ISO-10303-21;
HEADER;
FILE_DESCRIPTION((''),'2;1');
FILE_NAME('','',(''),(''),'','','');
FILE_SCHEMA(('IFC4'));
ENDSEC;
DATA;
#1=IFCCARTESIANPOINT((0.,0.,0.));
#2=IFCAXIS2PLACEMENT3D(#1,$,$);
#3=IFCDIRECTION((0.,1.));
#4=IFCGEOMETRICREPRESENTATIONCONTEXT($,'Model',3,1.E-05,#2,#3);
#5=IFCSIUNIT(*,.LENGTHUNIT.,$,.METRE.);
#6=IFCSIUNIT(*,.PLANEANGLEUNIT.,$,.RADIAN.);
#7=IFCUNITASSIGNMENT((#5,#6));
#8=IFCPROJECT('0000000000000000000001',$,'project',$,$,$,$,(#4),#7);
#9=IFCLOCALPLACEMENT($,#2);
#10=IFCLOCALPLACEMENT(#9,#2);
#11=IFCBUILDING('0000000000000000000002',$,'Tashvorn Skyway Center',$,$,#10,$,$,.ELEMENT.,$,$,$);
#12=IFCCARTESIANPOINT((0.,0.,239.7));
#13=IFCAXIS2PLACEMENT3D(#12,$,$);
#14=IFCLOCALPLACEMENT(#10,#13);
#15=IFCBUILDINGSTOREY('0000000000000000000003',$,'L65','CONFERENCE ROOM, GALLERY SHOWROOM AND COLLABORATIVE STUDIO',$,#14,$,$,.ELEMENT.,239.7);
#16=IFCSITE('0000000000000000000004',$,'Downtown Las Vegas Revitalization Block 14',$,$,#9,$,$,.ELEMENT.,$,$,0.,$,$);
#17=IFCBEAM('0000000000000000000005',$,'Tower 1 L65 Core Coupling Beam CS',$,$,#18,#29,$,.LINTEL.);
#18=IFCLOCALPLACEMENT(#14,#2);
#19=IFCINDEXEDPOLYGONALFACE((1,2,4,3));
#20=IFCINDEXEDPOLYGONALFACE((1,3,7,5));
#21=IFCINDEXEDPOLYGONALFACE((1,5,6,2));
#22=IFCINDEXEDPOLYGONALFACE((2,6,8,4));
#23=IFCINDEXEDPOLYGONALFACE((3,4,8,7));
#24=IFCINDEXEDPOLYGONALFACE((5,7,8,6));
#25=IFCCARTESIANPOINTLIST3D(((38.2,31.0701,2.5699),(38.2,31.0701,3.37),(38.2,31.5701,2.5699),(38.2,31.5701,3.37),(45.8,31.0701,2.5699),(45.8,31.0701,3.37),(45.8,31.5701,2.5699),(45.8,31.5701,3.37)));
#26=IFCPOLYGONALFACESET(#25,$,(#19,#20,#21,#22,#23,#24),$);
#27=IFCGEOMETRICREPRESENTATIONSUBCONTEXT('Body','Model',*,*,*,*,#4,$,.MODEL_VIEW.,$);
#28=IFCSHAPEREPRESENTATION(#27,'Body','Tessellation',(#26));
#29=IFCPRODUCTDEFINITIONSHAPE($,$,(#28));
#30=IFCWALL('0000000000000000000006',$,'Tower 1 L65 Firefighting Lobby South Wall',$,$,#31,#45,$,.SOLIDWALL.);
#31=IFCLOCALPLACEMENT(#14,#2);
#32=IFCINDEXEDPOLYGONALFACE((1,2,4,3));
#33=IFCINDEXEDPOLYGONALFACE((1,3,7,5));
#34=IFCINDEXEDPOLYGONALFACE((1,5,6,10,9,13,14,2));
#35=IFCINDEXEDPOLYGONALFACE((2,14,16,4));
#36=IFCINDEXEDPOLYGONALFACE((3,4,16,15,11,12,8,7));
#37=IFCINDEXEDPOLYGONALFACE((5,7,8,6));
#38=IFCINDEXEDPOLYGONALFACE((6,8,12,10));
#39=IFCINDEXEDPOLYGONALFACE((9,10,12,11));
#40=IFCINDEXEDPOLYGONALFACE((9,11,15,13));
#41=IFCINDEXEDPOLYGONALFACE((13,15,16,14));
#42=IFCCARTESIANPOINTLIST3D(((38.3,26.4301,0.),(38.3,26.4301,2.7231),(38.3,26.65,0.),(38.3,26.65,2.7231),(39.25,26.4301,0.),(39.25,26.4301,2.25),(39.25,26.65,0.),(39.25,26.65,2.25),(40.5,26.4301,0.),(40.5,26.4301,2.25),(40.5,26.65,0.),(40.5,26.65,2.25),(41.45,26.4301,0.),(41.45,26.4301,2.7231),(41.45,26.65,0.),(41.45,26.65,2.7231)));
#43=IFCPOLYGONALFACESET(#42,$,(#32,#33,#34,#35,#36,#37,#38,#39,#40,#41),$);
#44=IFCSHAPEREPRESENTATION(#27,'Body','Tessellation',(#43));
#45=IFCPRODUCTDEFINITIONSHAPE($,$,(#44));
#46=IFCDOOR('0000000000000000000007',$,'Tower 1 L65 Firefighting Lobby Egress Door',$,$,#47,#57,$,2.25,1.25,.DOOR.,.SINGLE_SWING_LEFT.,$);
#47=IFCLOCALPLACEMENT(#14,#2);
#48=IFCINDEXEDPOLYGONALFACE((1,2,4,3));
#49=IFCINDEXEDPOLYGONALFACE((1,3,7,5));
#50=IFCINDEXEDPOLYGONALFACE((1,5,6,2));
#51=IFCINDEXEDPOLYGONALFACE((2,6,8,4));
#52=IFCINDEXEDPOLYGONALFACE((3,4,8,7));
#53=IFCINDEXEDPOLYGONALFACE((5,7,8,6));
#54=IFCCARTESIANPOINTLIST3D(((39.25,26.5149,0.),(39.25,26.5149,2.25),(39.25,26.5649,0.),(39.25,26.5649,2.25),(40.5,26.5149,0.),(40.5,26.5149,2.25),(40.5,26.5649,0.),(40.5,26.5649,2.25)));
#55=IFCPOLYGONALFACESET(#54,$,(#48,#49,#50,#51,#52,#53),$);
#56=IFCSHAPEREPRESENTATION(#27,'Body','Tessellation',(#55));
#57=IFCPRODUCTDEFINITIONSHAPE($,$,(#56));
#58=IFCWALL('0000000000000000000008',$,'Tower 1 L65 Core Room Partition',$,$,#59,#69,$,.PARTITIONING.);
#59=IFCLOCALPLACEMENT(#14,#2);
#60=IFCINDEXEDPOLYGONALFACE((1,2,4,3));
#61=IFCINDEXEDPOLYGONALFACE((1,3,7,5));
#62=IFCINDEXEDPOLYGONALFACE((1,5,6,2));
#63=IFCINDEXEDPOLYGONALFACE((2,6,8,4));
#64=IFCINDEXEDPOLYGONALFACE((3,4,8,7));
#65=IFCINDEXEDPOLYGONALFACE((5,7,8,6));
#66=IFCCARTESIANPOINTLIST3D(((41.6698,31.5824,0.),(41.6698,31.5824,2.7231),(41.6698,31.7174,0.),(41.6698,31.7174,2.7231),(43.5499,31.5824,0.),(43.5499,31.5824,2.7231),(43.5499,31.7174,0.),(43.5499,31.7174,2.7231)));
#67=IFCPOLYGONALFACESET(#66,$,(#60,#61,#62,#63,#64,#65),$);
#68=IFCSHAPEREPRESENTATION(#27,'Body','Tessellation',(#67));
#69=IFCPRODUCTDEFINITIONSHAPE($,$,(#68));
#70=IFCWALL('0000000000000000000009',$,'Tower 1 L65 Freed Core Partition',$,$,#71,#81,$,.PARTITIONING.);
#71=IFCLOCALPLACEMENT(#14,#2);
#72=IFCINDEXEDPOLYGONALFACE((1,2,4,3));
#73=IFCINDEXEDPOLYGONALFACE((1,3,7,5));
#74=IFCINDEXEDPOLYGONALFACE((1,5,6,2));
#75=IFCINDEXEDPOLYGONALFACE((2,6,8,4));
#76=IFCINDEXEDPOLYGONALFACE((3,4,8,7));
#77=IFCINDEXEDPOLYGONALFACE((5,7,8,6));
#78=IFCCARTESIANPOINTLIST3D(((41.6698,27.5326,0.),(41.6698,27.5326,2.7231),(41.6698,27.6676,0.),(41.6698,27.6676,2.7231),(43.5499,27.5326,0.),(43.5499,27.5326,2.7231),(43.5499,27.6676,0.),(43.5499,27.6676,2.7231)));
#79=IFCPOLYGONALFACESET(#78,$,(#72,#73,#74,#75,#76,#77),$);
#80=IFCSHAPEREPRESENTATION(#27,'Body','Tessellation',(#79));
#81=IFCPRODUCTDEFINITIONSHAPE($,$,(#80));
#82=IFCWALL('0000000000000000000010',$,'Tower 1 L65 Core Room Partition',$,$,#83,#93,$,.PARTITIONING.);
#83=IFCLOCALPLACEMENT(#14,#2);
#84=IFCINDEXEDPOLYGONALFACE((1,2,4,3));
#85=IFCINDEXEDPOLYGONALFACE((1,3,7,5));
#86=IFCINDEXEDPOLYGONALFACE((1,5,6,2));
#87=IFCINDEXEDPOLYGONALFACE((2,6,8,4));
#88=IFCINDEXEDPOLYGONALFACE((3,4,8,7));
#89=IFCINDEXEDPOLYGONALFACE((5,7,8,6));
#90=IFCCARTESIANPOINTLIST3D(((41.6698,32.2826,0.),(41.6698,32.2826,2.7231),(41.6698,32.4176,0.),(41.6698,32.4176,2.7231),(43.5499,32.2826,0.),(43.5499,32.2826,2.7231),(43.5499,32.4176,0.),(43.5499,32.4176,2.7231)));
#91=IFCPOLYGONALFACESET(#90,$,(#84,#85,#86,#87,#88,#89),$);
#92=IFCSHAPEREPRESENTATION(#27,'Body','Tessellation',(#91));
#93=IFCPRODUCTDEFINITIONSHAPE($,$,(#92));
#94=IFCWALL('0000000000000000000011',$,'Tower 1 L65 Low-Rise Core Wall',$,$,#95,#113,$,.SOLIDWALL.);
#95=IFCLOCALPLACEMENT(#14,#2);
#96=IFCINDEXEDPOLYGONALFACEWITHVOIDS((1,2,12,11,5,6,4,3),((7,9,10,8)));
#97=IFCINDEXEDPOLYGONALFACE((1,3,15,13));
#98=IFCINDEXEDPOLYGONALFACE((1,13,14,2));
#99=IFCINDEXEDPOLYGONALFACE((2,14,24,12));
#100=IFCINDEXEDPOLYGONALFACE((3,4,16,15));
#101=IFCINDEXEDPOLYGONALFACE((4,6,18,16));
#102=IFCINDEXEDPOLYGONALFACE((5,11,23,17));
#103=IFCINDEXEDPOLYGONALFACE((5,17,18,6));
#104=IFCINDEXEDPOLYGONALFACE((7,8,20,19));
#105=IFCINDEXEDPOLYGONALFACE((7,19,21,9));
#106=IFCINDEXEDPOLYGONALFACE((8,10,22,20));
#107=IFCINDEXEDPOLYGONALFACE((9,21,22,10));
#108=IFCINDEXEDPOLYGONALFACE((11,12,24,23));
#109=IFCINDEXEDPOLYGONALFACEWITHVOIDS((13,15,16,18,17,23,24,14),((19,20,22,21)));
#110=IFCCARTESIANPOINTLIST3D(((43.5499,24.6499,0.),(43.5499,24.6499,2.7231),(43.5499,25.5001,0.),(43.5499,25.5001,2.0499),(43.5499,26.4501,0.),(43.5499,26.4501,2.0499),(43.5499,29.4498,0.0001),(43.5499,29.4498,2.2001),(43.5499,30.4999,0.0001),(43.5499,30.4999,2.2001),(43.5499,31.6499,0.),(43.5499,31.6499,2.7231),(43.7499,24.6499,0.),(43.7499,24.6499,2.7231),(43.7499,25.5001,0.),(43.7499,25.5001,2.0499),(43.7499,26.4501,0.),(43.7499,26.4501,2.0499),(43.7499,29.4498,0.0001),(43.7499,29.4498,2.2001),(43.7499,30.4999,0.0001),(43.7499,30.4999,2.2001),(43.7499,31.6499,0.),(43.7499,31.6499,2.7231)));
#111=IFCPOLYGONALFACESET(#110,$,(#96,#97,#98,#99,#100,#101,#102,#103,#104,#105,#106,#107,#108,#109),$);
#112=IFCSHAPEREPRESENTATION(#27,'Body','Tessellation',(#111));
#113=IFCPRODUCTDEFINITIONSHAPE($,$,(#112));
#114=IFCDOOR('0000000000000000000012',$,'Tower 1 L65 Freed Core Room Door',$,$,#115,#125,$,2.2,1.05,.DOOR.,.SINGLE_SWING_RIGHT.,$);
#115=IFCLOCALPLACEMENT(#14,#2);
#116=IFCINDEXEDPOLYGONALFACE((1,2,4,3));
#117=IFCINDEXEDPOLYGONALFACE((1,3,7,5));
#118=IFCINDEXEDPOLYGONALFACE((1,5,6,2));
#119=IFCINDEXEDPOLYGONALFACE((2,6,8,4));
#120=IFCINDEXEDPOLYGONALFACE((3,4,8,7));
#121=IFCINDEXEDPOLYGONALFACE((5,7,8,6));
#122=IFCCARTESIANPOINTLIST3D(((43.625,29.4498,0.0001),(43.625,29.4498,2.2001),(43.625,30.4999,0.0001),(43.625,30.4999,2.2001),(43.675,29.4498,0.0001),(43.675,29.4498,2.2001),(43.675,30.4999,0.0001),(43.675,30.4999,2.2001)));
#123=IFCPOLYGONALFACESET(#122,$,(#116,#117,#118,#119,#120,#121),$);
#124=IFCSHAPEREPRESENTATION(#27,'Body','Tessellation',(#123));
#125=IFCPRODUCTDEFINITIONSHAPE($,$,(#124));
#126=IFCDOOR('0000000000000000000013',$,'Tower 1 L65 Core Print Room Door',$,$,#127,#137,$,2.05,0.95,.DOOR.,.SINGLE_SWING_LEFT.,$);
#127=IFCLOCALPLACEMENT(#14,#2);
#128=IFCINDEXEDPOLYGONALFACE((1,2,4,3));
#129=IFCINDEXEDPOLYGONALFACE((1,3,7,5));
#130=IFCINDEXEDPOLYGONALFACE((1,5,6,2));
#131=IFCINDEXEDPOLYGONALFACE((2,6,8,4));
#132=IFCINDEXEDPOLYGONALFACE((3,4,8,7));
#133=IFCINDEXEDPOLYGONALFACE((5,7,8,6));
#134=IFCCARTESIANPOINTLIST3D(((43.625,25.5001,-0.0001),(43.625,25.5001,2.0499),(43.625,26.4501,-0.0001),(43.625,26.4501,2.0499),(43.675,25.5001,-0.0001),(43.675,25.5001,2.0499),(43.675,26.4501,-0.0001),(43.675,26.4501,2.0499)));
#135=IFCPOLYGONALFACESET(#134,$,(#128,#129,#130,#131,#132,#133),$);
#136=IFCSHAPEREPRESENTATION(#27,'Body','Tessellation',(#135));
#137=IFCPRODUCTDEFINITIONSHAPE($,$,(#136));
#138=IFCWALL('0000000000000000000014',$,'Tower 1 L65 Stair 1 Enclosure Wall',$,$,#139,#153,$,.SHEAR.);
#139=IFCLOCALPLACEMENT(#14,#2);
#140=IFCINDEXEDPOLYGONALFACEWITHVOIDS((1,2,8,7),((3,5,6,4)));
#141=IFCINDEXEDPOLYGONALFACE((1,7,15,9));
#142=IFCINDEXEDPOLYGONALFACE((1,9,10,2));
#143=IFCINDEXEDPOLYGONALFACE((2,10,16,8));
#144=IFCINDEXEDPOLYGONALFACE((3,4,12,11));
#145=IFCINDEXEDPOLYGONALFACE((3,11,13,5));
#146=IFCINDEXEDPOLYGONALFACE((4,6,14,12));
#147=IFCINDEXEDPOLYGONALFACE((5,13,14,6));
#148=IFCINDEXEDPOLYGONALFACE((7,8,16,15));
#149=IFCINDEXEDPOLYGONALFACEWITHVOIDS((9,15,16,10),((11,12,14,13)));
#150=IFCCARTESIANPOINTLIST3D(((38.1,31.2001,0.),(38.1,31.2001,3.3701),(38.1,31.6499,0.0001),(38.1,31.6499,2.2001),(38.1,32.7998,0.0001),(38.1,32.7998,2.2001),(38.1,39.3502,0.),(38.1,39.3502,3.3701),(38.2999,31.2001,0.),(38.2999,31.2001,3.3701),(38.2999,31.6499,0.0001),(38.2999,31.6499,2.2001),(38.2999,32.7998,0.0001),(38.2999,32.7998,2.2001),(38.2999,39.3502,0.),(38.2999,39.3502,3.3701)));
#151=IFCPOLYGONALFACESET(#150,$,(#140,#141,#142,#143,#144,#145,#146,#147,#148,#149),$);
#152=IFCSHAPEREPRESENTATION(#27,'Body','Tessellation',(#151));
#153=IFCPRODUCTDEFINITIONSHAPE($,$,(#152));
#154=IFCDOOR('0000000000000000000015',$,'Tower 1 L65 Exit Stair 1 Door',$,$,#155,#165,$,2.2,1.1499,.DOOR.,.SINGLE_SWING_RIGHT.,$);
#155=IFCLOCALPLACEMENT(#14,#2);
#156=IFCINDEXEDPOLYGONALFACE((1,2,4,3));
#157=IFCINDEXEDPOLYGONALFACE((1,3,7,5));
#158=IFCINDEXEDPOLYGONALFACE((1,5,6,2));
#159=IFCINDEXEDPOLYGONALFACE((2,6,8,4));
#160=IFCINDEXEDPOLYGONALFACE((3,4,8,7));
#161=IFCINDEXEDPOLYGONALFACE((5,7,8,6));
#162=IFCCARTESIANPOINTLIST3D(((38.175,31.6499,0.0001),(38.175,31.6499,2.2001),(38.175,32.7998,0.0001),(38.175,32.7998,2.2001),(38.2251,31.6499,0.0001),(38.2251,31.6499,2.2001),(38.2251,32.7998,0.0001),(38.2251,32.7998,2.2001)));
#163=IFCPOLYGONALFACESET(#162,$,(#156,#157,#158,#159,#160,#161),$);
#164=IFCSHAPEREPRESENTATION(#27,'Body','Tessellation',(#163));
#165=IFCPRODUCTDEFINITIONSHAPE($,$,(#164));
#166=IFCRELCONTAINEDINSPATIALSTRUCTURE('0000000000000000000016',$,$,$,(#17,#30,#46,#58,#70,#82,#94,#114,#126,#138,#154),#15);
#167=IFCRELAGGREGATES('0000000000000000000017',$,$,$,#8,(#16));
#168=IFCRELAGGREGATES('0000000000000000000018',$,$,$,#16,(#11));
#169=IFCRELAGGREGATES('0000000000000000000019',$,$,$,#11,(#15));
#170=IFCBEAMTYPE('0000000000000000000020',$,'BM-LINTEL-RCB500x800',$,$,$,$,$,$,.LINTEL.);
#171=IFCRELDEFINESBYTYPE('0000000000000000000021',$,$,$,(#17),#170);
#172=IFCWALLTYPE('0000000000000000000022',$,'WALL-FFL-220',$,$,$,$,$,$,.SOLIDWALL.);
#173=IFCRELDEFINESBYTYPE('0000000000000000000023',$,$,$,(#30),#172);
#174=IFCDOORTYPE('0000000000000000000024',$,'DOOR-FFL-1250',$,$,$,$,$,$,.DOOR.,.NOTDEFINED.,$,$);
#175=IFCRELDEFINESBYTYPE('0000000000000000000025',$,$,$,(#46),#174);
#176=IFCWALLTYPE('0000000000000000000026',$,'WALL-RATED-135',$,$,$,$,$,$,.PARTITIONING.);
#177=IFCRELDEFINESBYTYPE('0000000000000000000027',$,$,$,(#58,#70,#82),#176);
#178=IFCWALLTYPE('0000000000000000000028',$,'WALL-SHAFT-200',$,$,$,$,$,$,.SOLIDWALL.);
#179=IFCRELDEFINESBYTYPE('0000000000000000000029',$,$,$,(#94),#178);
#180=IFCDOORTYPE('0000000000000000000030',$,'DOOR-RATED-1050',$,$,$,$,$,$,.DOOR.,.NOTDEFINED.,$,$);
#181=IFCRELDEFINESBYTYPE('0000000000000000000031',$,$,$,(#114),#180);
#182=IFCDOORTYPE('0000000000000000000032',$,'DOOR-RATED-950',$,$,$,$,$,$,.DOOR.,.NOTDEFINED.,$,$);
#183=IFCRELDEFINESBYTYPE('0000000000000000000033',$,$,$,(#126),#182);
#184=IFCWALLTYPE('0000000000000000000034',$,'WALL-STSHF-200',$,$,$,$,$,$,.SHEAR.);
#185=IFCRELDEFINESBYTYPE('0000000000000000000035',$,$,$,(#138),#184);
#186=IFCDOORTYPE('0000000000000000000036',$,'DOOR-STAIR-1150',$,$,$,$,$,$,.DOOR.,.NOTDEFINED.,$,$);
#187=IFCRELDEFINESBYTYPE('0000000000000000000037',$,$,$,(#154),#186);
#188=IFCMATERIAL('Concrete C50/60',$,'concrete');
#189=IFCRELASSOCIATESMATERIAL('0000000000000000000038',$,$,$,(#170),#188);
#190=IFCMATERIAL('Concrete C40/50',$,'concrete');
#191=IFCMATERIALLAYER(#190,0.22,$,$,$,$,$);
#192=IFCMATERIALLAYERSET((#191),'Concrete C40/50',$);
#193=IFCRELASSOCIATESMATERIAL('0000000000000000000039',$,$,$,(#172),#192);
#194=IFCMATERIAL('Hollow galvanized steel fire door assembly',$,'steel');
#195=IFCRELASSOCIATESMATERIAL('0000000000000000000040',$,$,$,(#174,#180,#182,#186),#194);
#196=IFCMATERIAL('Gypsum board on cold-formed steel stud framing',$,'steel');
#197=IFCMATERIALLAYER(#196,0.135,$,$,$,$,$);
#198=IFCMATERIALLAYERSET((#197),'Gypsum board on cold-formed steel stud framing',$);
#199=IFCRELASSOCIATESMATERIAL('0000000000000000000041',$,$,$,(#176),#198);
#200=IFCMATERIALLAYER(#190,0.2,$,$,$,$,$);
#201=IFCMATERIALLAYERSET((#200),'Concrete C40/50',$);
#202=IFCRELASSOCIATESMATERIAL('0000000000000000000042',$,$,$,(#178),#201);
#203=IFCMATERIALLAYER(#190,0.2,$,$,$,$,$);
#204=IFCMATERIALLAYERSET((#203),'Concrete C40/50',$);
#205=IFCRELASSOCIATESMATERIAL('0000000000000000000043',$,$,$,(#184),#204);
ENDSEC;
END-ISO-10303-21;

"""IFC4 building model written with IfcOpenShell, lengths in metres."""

from ifc_helpers import new_model, si_unit, direction, frame, frame_2d, origin, origin_2d, place, context, subcontext, project, spatial, rectangle, extrude, material, layer, layer_set, material_profile, profile_set, type_object, element, fill, save


model = new_model("IFC4")

# Units and contexts
model_context = context("Model", 3, precision=1e-05, world=origin(), true_north=direction((0.0, 1.0)))
body_context = subcontext(model_context, "Body", "Model", "MODEL_VIEW")
ifc_project = project(units=[si_unit("LENGTHUNIT", "METRE"), si_unit("PLANEANGLEUNIT", "RADIAN")], contexts=[model_context])

# Site, building, storey
site_placement = place(None, origin())
site = spatial("IfcSite", under=ifc_project, at=site_placement, Name="Downtown Las Vegas Revitalization Block 14", CompositionType="ELEMENT", RefElevation=0.0)
building_placement = place(site_placement, origin())
building = spatial("IfcBuilding", under=site, at=building_placement, Name="Tashvorn Skyway Center", CompositionType="ELEMENT")
storey_placement = place(building_placement, frame((0.0, 0.0, 239.7)))
storey = spatial("IfcBuildingStorey", under=building, at=storey_placement, Name="L65", Description="CONFERENCE ROOM, GALLERY SHOWROOM AND COLLABORATIVE STUDIO", CompositionType="ELEMENT", Elevation=239.7)

# Beam
ifc_material_1 = material(Name="Concrete C50/60", Category="concrete")
ifc_material_profile = material_profile(ifc_material_1, rectangle(XDim=0.5, YDim=0.8, at=origin_2d()), Name="RCB500x800")
ifc_profile_set = profile_set([ifc_material_profile], Name="Concrete C50/60")
beam_type = type_object("IfcBeamType", Name="BM-LINTEL-RCB500x800", PredefinedType="LINTEL", material=ifc_profile_set)
beam_placement = place(storey_placement, frame((38.2, 31.3201, 2.97), z_axis=(1.0, 0.0, 0.0), x_axis=(0.0, 1.0, 0.0)))
element("IfcBeam", 1, at=beam_placement, inside=storey, type_object=beam_type, Name="Tower 1 L65 Core Coupling Beam CS", PredefinedType="LINTEL", context=body_context, shape_type="SweptSolid", body=[
    extrude(rectangle(XDim=0.5, YDim=0.8, at=origin_2d()), origin(), (0.0, 0.0, 1.0), 7.6001),
])

# Wall, opening, door
ifc_material_2 = material(Name="Concrete C40/50", Category="concrete")
ifc_layer_1 = layer(ifc_material_2, 0.22)
ifc_layer_set_1 = layer_set([ifc_layer_1], Name="Concrete C40/50")
wall_type_1 = type_object("IfcWallType", Name="WALL-FFL-220", PredefinedType="SOLIDWALL", material=ifc_layer_set_1)
wall_1_placement = place(storey_placement, frame((38.3, 26.54, 0.0), z_axis=(0.0, 0.0, 1.0), x_axis=(1.0, 0.0, 0.0)))
wall_1 = element("IfcWall", 2, at=wall_1_placement, inside=storey, type_object=wall_type_1, Name="Tower 1 L65 Firefighting Lobby South Wall", PredefinedType="SOLIDWALL", context=body_context, shape_type="SweptSolid", body=[
    extrude(rectangle(XDim=3.1499, YDim=0.22, at=frame_2d((1.575, 0.0))), origin(), (0.0, 0.0, 1.0), 2.7231),
])
opening_1_placement = place(wall_1_placement, frame((0.95, 0.0, 0.0)))
opening_1 = element("IfcOpeningElement", 3, at=opening_1_placement, cuts=wall_1, PredefinedType="OPENING", context=body_context, shape_type="SweptSolid", body=[
    extrude(rectangle(XDim=1.25, YDim=2.25, at=frame_2d((0.625, 1.125))), frame((0.0, 0.1199, 0.0), z_axis=(0.0, -1.0, 0.0), x_axis=(1.0, 0.0, 0.0)), (0.0, 0.0, 1.0), 0.24),
])
ifc_material_3 = material(Name="Hollow galvanized steel fire door assembly", Category="steel")
door_type_1 = type_object("IfcDoorType", Name="DOOR-FFL-1250", OperationType="NOTDEFINED", PredefinedType="DOOR", material=ifc_material_3)
door_1_placement = place(opening_1_placement, origin())
door_1 = element("IfcDoor", 4, at=door_1_placement, inside=storey, type_object=door_type_1, Name="Tower 1 L65 Firefighting Lobby Egress Door", OperationType="SINGLE_SWING_LEFT", OverallHeight=2.25, OverallWidth=1.25, PredefinedType="DOOR", context=body_context, shape_type="SweptSolid", body=[
    extrude(rectangle(XDim=1.25, YDim=2.25, at=frame_2d((0.625, 1.125))), frame((0.0, 0.0249, 0.0), z_axis=(0.0, -1.0, 0.0), x_axis=(1.0, 0.0, 0.0)), (0.0, 0.0, 1.0), 0.05),
])
fill(opening_1, door_1)

# Walls
ifc_material_4 = material(Name="Gypsum board on cold-formed steel stud framing", Category="steel")
ifc_layer_2 = layer(ifc_material_4, 0.135)
ifc_layer_set_2 = layer_set([ifc_layer_2], Name="Gypsum board on cold-formed steel stud framing")
wall_type_2 = type_object("IfcWallType", Name="WALL-RATED-135", PredefinedType="PARTITIONING", material=ifc_layer_set_2)
for number, where, z_axis, x_axis, name in (
    (5, (41.6699, 31.6499, 0.0), (0.0, 0.0, 1.0), (1.0, 0.0, 0.0), "Tower 1 L65 Core Room Partition"),
    (6, (41.6699, 27.6001, 0.0), (0.0, 0.0, 1.0), (1.0, 0.0, 0.0), "Tower 1 L65 Freed Core Partition"),
    (7, (41.6699, 32.3501, 0.0), (0.0, 0.0, 1.0), (1.0, 0.0, 0.0), "Tower 1 L65 Core Room Partition"),
):
    element("IfcWall", number, at=place(storey_placement, frame(where, z_axis=z_axis, x_axis=x_axis)), inside=storey, type_object=wall_type_2, Name=name, PredefinedType="PARTITIONING", context=body_context, shape_type="SweptSolid", body=[
        extrude(rectangle(XDim=1.8801, YDim=0.135, at=frame_2d((0.9399, 0.0))), origin(), (0.0, 0.0, 1.0), 2.7231),
    ])

# Wall, openings, doors
ifc_layer_3 = layer(ifc_material_2, 0.2)
ifc_layer_set_3 = layer_set([ifc_layer_3], Name="Concrete C40/50")
wall_type_3 = type_object("IfcWallType", Name="WALL-SHAFT-200", PredefinedType="SOLIDWALL", material=ifc_layer_set_3)
wall_2_placement = place(storey_placement, frame((43.6499, 24.6499, 0.0), z_axis=(0.0, 0.0, 1.0), x_axis=(0.0, 1.0, 0.0)))
wall_2 = element("IfcWall", 8, at=wall_2_placement, inside=storey, type_object=wall_type_3, Name="Tower 1 L65 Low-Rise Core Wall", PredefinedType="SOLIDWALL", context=body_context, shape_type="SweptSolid", body=[
    extrude(rectangle(XDim=7.0, YDim=0.2, at=frame_2d((3.5, 0.0))), origin(), (0.0, 0.0, 1.0), 2.7231),
])
opening_2_placement = place(wall_2_placement, frame((0.8501, 0.0, 0.0)))
opening_2 = element("IfcOpeningElement", 9, at=opening_2_placement, cuts=wall_2, PredefinedType="OPENING", context=body_context, shape_type="SweptSolid", body=[
    extrude(rectangle(XDim=0.95, YDim=2.05, at=frame_2d((0.4751, 1.0249))), frame((0.0, 0.1099, 0.0), z_axis=(0.0, -1.0, 0.0), x_axis=(1.0, 0.0, 0.0)), (0.0, 0.0, 1.0), 0.22),
])
opening_3_placement = place(wall_2_placement, frame((4.8, 0.0, 0.0)))
opening_3 = element("IfcOpeningElement", 10, at=opening_3_placement, cuts=wall_2, PredefinedType="OPENING", context=body_context, shape_type="SweptSolid", body=[
    extrude(rectangle(XDim=1.05, YDim=2.2, at=frame_2d((0.5249, 1.1001))), frame((0.0, 0.1099, 0.0), z_axis=(0.0, -1.0, 0.0), x_axis=(1.0, 0.0, 0.0)), (0.0, 0.0, 1.0), 0.22),
])
door_type_2 = type_object("IfcDoorType", Name="DOOR-RATED-1050", OperationType="NOTDEFINED", PredefinedType="DOOR", material=ifc_material_3)
door_2_placement = place(opening_3_placement, origin())
door_2 = element("IfcDoor", 11, at=door_2_placement, inside=storey, type_object=door_type_2, Name="Tower 1 L65 Freed Core Room Door", OperationType="SINGLE_SWING_RIGHT", OverallHeight=2.2, OverallWidth=1.05, PredefinedType="DOOR", context=body_context, shape_type="SweptSolid", body=[
    extrude(rectangle(XDim=1.05, YDim=2.2, at=frame_2d((0.5249, 1.1001))), frame((0.0, 0.0249, 0.0), z_axis=(0.0, -1.0, 0.0), x_axis=(1.0, 0.0, 0.0)), (0.0, 0.0, 1.0), 0.05),
])
fill(opening_3, door_2)
door_type_3 = type_object("IfcDoorType", Name="DOOR-RATED-950", OperationType="NOTDEFINED", PredefinedType="DOOR", material=ifc_material_3)
door_3_placement = place(opening_2_placement, origin())
door_3 = element("IfcDoor", 12, at=door_3_placement, inside=storey, type_object=door_type_3, Name="Tower 1 L65 Core Print Room Door", OperationType="SINGLE_SWING_LEFT", OverallHeight=2.05, OverallWidth=0.95, PredefinedType="DOOR", context=body_context, shape_type="SweptSolid", body=[
    extrude(rectangle(XDim=0.95, YDim=2.05, at=frame_2d((0.4751, 1.0249))), frame((0.0, 0.0249, 0.0), z_axis=(0.0, -1.0, 0.0), x_axis=(1.0, 0.0, 0.0)), (0.0, 0.0, 1.0), 0.05),
])
fill(opening_2, door_3)

# Wall, opening, door
ifc_layer_4 = layer(ifc_material_2, 0.2)
ifc_layer_set_4 = layer_set([ifc_layer_4], Name="Concrete C40/50")
wall_type_4 = type_object("IfcWallType", Name="WALL-STSHF-200", PredefinedType="SHEAR", material=ifc_layer_set_4)
wall_3_placement = place(storey_placement, frame((38.2, 31.2, 0.0), z_axis=(0.0, 0.0, 1.0), x_axis=(0.0, 1.0, 0.0)))
wall_3 = element("IfcWall", 13, at=wall_3_placement, inside=storey, type_object=wall_type_4, Name="Tower 1 L65 Stair 1 Enclosure Wall", PredefinedType="SHEAR", context=body_context, shape_type="SweptSolid", body=[
    extrude(rectangle(XDim=8.1501, YDim=0.2, at=frame_2d((4.0752, 0.0))), origin(), (0.0, 0.0, 1.0), 3.3701),
])
opening_4_placement = place(wall_3_placement, frame((0.45, 0.0, 0.0)))
opening_4 = element("IfcOpeningElement", 14, at=opening_4_placement, cuts=wall_3, PredefinedType="OPENING", context=body_context, shape_type="SweptSolid", body=[
    extrude(rectangle(XDim=1.1499, YDim=2.2, at=frame_2d((0.575, 1.1001))), frame((0.0, 0.1099, 0.0), z_axis=(0.0, -1.0, 0.0), x_axis=(1.0, 0.0, 0.0)), (0.0, 0.0, 1.0), 0.22),
])
door_type_4 = type_object("IfcDoorType", Name="DOOR-STAIR-1150", OperationType="NOTDEFINED", PredefinedType="DOOR", material=ifc_material_3)
door_4_placement = place(opening_4_placement, origin())
door_4 = element("IfcDoor", 15, at=door_4_placement, inside=storey, type_object=door_type_4, Name="Tower 1 L65 Exit Stair 1 Door", OperationType="SINGLE_SWING_RIGHT", OverallHeight=2.2, OverallWidth=1.1499, PredefinedType="DOOR", context=body_context, shape_type="SweptSolid", body=[
    extrude(rectangle(XDim=1.1499, YDim=2.2, at=frame_2d((0.575, 1.1001))), frame((0.0, 0.0249, 0.0), z_axis=(0.0, -1.0, 0.0), x_axis=(1.0, 0.0, 0.0)), (0.0, 0.0, 1.0), 0.05),
])
fill(opening_4, door_4)

save(model, "model.ifc")
